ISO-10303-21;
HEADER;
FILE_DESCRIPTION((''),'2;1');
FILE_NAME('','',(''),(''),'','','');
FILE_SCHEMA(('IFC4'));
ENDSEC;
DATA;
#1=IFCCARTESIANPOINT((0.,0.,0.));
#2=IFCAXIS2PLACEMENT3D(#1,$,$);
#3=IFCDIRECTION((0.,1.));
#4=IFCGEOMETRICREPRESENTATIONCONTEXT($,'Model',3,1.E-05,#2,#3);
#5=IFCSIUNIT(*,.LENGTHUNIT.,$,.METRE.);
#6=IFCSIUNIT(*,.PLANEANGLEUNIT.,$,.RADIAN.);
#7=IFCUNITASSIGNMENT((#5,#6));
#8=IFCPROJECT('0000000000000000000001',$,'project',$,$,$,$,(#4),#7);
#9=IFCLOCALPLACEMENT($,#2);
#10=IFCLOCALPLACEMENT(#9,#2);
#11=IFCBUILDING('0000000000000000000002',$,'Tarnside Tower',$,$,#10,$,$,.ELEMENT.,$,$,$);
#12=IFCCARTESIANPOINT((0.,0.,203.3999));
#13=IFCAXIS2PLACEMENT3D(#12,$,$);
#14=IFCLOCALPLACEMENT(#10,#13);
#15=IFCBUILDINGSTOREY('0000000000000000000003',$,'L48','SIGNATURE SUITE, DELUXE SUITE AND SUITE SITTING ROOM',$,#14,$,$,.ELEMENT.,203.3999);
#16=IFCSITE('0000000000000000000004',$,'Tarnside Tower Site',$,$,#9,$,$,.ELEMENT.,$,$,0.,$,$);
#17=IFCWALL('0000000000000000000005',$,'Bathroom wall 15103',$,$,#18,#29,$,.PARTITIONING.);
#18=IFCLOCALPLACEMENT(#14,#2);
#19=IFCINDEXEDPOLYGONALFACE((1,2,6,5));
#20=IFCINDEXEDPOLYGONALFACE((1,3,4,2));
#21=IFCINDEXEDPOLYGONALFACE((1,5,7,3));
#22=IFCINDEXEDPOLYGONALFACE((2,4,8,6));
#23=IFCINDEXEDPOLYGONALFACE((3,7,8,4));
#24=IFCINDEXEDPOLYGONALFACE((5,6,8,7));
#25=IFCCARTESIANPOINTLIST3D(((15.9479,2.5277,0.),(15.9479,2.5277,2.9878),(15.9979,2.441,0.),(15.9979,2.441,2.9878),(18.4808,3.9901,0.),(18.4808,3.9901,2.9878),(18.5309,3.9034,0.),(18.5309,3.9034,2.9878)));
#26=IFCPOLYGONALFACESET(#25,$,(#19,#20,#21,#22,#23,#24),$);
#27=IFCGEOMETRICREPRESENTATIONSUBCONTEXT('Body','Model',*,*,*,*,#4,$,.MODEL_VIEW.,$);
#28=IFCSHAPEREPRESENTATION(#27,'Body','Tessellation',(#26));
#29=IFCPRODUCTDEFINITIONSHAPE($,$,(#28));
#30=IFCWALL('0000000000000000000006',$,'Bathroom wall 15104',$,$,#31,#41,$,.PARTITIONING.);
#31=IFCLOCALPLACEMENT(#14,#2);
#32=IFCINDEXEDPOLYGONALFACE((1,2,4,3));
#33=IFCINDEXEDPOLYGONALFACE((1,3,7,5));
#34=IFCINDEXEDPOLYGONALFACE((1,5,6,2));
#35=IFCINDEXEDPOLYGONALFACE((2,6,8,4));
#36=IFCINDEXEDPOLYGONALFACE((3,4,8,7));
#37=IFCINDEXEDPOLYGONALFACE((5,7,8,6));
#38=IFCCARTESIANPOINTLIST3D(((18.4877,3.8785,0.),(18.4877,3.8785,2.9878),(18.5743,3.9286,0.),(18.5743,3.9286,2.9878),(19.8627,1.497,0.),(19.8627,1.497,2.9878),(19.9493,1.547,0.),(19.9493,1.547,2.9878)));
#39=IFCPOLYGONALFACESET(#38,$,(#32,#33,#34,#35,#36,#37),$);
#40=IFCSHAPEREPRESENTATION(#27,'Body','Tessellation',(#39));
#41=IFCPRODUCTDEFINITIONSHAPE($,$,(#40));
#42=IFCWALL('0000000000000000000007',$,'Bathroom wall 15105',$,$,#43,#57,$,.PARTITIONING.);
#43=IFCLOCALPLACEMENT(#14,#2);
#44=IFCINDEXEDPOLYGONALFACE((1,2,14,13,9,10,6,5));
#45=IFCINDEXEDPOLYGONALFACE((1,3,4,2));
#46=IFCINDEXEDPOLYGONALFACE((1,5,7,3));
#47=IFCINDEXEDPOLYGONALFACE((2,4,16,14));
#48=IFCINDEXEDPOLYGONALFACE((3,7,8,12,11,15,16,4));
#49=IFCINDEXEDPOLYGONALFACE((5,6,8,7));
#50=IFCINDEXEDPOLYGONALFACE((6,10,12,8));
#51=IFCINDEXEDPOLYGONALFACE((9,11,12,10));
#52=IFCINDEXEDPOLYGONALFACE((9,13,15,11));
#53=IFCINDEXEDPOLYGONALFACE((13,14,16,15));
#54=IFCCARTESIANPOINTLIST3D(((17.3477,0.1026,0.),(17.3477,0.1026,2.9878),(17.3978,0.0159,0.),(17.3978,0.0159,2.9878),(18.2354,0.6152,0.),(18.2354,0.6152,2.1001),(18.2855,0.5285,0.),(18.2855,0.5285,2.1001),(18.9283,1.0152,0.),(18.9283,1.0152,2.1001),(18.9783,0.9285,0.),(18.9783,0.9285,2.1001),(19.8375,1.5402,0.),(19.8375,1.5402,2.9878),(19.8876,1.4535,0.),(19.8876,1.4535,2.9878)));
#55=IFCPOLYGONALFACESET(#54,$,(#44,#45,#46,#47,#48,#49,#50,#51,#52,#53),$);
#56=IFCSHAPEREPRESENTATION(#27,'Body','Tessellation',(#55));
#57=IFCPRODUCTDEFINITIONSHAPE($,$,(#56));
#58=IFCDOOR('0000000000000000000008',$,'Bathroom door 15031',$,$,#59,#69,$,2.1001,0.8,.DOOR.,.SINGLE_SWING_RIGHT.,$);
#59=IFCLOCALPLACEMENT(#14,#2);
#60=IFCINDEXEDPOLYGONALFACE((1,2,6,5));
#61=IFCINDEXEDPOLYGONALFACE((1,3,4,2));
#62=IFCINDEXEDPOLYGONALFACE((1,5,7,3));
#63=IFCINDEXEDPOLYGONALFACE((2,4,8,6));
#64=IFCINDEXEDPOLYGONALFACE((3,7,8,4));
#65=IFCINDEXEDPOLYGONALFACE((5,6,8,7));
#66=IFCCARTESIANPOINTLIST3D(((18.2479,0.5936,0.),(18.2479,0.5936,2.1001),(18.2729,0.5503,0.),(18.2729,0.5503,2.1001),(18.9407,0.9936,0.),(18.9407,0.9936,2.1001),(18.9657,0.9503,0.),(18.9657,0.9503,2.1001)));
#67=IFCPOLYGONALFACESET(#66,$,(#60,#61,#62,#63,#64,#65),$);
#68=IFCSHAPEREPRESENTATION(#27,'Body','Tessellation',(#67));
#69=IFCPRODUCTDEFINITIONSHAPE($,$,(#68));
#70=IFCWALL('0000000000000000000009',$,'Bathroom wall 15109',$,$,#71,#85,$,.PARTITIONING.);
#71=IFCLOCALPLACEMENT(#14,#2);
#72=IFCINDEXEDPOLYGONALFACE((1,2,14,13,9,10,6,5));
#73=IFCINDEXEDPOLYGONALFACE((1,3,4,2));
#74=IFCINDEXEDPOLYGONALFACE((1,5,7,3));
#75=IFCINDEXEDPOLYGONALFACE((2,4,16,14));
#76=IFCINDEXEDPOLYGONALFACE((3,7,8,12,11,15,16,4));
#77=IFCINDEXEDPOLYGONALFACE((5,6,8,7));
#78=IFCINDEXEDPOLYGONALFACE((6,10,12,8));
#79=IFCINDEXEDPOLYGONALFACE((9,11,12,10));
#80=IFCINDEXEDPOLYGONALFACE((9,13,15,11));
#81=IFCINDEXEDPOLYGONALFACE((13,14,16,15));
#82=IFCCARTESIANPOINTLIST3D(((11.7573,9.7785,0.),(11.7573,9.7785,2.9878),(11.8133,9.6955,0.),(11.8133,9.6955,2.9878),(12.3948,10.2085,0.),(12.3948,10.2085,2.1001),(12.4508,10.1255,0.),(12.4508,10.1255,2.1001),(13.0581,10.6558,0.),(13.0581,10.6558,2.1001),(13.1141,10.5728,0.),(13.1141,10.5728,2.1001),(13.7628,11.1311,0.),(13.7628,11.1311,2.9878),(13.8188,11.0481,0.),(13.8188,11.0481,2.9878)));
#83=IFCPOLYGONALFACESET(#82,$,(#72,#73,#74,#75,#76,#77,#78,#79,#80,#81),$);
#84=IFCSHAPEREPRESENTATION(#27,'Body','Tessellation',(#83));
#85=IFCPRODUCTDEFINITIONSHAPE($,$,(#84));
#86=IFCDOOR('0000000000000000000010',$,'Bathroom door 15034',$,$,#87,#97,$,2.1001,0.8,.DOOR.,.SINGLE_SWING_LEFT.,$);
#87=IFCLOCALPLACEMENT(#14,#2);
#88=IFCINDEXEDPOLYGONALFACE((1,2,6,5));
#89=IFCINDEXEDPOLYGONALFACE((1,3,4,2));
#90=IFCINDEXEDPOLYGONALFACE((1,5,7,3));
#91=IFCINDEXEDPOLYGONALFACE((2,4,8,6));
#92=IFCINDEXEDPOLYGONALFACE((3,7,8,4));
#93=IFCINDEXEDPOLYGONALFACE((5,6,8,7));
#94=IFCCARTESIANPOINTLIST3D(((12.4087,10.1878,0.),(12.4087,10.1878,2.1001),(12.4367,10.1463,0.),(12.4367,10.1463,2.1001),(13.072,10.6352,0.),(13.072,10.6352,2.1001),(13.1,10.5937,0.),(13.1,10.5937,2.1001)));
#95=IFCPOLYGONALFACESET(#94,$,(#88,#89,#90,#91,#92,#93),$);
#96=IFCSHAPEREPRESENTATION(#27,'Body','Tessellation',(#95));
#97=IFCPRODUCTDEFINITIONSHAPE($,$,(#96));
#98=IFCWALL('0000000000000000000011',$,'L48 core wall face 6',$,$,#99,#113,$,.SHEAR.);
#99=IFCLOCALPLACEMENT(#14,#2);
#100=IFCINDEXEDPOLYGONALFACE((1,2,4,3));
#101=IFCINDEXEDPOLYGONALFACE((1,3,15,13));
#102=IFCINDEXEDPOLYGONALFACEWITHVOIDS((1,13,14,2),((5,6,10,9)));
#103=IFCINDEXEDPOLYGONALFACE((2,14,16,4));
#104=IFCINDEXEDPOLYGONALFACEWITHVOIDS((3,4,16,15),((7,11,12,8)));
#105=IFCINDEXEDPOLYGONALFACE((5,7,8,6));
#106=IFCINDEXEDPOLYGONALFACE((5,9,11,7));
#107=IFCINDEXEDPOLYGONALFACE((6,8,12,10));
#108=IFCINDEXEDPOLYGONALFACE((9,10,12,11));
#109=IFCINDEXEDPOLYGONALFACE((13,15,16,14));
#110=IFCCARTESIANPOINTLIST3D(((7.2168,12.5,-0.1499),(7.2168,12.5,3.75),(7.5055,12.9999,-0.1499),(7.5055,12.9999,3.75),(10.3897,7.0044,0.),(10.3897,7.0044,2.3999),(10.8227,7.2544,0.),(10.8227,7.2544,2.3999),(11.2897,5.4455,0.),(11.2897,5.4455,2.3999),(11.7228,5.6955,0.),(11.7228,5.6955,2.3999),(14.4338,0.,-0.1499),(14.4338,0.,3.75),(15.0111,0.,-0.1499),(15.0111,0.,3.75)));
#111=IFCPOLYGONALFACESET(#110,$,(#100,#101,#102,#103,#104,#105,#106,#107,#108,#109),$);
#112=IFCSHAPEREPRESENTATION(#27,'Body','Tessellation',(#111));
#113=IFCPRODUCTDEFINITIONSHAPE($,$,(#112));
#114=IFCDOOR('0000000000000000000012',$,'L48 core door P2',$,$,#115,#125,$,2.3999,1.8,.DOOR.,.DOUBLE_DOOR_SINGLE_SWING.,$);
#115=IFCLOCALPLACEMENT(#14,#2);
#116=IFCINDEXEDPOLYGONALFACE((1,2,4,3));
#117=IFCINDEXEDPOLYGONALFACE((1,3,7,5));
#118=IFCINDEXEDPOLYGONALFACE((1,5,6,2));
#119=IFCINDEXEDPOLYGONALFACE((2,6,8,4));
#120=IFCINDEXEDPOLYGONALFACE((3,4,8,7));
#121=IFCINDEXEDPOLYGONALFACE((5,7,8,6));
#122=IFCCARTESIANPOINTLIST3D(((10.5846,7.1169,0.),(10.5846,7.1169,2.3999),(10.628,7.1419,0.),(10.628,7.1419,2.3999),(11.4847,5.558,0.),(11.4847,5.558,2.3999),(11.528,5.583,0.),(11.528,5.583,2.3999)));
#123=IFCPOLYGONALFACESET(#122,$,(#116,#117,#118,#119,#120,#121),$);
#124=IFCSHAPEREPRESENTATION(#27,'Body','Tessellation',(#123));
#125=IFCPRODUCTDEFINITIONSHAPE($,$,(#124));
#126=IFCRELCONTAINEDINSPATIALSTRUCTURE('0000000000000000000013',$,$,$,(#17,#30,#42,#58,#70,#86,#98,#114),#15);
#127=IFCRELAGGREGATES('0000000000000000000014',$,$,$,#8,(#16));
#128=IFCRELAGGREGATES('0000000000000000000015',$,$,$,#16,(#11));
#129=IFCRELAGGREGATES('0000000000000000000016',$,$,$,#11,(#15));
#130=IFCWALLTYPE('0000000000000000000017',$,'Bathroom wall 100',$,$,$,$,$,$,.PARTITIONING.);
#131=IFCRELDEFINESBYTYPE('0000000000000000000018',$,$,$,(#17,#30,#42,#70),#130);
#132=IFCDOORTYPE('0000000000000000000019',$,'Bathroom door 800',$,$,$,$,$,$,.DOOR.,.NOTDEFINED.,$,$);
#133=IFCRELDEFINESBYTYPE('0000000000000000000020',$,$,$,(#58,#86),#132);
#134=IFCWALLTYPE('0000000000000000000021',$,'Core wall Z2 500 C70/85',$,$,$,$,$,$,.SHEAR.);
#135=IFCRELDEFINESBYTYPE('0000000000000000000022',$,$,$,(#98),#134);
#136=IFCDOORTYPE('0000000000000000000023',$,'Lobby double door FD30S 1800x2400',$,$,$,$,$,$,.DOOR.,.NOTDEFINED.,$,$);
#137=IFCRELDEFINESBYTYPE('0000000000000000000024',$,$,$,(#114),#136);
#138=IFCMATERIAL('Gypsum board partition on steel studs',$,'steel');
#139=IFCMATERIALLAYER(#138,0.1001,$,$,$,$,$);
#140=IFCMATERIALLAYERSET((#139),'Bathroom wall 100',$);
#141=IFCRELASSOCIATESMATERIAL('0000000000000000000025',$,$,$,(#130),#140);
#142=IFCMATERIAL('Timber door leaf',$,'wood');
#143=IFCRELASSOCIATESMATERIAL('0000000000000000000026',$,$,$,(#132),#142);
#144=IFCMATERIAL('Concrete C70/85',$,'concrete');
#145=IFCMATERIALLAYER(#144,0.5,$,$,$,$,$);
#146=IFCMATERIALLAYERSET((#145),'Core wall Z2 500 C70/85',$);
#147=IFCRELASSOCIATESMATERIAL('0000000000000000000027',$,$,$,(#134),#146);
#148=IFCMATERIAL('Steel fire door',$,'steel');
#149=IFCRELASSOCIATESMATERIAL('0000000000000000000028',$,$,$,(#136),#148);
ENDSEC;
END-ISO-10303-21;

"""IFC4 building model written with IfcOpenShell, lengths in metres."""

from ifc_helpers import new_model, si_unit, direction, frame, frame_2d, origin, place, context, subcontext, project, spatial, polyline, rectangle, outline, extrude, material, layer, layer_set, type_object, element, fill, save


model = new_model("IFC4")

# Units and contexts
model_context = context("Model", 3, precision=1e-05, world=origin(), true_north=direction((0.0, 1.0)))
body_context = subcontext(model_context, "Body", "Model", "MODEL_VIEW")
ifc_project = project(units=[si_unit("LENGTHUNIT", "METRE"), si_unit("PLANEANGLEUNIT", "RADIAN")], contexts=[model_context])

# Site, building, storey
site_placement = place(None, origin())
site = spatial("IfcSite", under=ifc_project, at=site_placement, Name="Tarnside Tower Site", CompositionType="ELEMENT", RefElevation=0.0)
building_placement = place(site_placement, origin())
building = spatial("IfcBuilding", under=site, at=building_placement, Name="Tarnside Tower", CompositionType="ELEMENT")
storey_placement = place(building_placement, frame((0.0, 0.0, 203.3999)))
storey = spatial("IfcBuildingStorey", under=building, at=storey_placement, Name="L48", Description="SIGNATURE SUITE, DELUXE SUITE AND SUITE SITTING ROOM", CompositionType="ELEMENT", Elevation=203.3999)

# Walls
ifc_material_1 = material(Name="Gypsum board partition on steel studs", Category="steel")
ifc_layer_1 = layer(ifc_material_1, 0.1001)
ifc_layer_set_1 = layer_set([ifc_layer_1], Name="Bathroom wall 100")
wall_type_1 = type_object("IfcWallType", Name="Bathroom wall 100", PredefinedType="PARTITIONING", material=ifc_layer_set_1)
wall_1_placement = place(storey_placement, frame((15.9729, 2.4844, 0.0), z_axis=(0.0, 0.0, 1.0), x_axis=(0.866026, 0.499999, 0.0)))
element("IfcWall", 1, at=wall_1_placement, inside=storey, type_object=wall_type_1, Name="Bathroom wall 15103", PredefinedType="PARTITIONING", context=body_context, shape_type="SweptSolid", body=[
    extrude(rectangle(XDim=2.9248, YDim=0.1001, at=frame_2d((1.4624, 0.0))), origin(), (0.0, 0.0, 1.0), 2.9878),
])
wall_2_placement = place(storey_placement, frame((18.531, 3.9036, 0.0), z_axis=(0.0, 0.0, 1.0), x_axis=(0.499997, -0.866027, 0.0)))
element("IfcWall", 2, at=wall_2_placement, inside=storey, type_object=wall_type_1, Name="Bathroom wall 15104", PredefinedType="PARTITIONING", context=body_context, shape_type="SweptSolid", body=[
    extrude(rectangle(XDim=2.75, YDim=0.1001, at=frame_2d((1.375, 0.0))), origin(), (0.0, 0.0, 1.0), 2.9878),
])

# Walls, openings, doors
wall_3_placement = place(storey_placement, frame((19.8625, 1.4968, 0.0), z_axis=(0.0, 0.0, 1.0), x_axis=(-0.866019, -0.500012, 0.0)))
wall_3 = element("IfcWall", 3, at=wall_3_placement, inside=storey, type_object=wall_type_1, Name="Bathroom wall 15105", PredefinedType="PARTITIONING", context=body_context, shape_type="SweptSolid", body=[
    extrude(rectangle(XDim=2.875, YDim=0.1001, at=frame_2d((1.4375, 0.0))), origin(), (0.0, 0.0, 1.0), 2.9878),
])
opening_1_placement = place(wall_3_placement, frame((1.05, 0.0, 0.0)))
opening_1 = element("IfcOpeningElement", 4, at=opening_1_placement, cuts=wall_3, PredefinedType="OPENING", context=body_context, shape_type="SweptSolid", body=[
    extrude(rectangle(XDim=0.8, YDim=2.1001, at=frame_2d((0.3999, 1.05))), frame((0.0, 0.0601, 0.0), z_axis=(0.0, -1.0, 0.0), x_axis=(1.0, 0.0, 0.0)), (0.0, 0.0, 1.0), 0.1201),
])
ifc_material_2 = material(Name="Timber door leaf", Category="wood")
door_type_1 = type_object("IfcDoorType", Name="Bathroom door 800", OperationType="NOTDEFINED", PredefinedType="DOOR", material=ifc_material_2)
door_1_placement = place(opening_1_placement, origin())
door_1 = element("IfcDoor", 5, at=door_1_placement, inside=storey, type_object=door_type_1, Name="Bathroom door 15031", OperationType="SINGLE_SWING_RIGHT", OverallHeight=2.1001, OverallWidth=0.8, PredefinedType="DOOR", context=body_context, shape_type="SweptSolid", body=[
    extrude(rectangle(XDim=0.8, YDim=2.1001, at=frame_2d((0.3999, 1.05))), frame((0.0, 0.0249, 0.0), z_axis=(0.0, -1.0, 0.0), x_axis=(1.0, 0.0, 0.0)), (0.0, 0.0, 1.0), 0.05),
])
fill(opening_1, door_1)
wall_4_placement = place(storey_placement, frame((13.7908, 11.0896, 0.0), z_axis=(0.0, 0.0, 1.0), x_axis=(-0.829057, -0.559164, 0.0)))
wall_4 = element("IfcWall", 6, at=wall_4_placement, inside=storey, type_object=wall_type_1, Name="Bathroom wall 15109", PredefinedType="PARTITIONING", context=body_context, shape_type="SweptSolid", body=[
    extrude(rectangle(XDim=2.4189, YDim=0.1001, at=frame_2d((1.2095, 0.0))), origin(), (0.0, 0.0, 1.0), 2.9878),
])
opening_2_placement = place(wall_4_placement, frame((0.8501, 0.0, 0.0)))
opening_2 = element("IfcOpeningElement", 7, at=opening_2_placement, cuts=wall_4, PredefinedType="OPENING", context=body_context, shape_type="SweptSolid", body=[
    extrude(rectangle(XDim=0.8, YDim=2.1001, at=frame_2d((0.3999, 1.05))), frame((0.0, 0.0601, 0.0), z_axis=(0.0, -1.0, 0.0), x_axis=(1.0, 0.0, 0.0)), (0.0, 0.0, 1.0), 0.1201),
])
door_2_placement = place(opening_2_placement, origin())
door_2 = element("IfcDoor", 8, at=door_2_placement, inside=storey, type_object=door_type_1, Name="Bathroom door 15034", OperationType="SINGLE_SWING_LEFT", OverallHeight=2.1001, OverallWidth=0.8, PredefinedType="DOOR", context=body_context, shape_type="SweptSolid", body=[
    extrude(rectangle(XDim=0.8, YDim=2.1001, at=frame_2d((0.3999, 1.05))), frame((0.0, 0.0249, 0.0), z_axis=(0.0, -1.0, 0.0), x_axis=(1.0, 0.0, 0.0)), (0.0, 0.0, 1.0), 0.05),
])
fill(opening_2, door_2)
ifc_material_3 = material(Name="Concrete C70/85", Category="concrete")
ifc_layer_2 = layer(ifc_material_3, 0.5)
ifc_layer_set_2 = layer_set([ifc_layer_2], Name="Core wall Z2 500 C70/85")
wall_type_2 = type_object("IfcWallType", Name="Core wall Z2 500 C70/85", PredefinedType="SHEAR", material=ifc_layer_set_2)
wall_5_placement = place(storey_placement, frame((14.7224, 0.0, -0.1499), z_axis=(0.0, 0.0, 1.0), x_axis=(-0.500006, 0.866022, 0.0)))
wall_5 = element("IfcWall", 9, at=wall_5_placement, inside=storey, type_object=wall_type_2, Name="L48 core wall face 6", PredefinedType="SHEAR", context=body_context, shape_type="SweptSolid", body=[
    extrude(outline(polyline([(-0.1443, -0.25), (14.8667, -0.25), (14.5781, 0.25), (0.1443, 0.25), (-0.1443, -0.25)])), origin(), (0.0, 0.0, 1.0), 3.8999),
])
opening_3_placement = place(wall_5_placement, frame((6.4324, 0.0, 0.1499)))
opening_3 = element("IfcOpeningElement", 10, at=opening_3_placement, cuts=wall_5, PredefinedType="OPENING", context=body_context, shape_type="SweptSolid", body=[
    extrude(rectangle(XDim=1.8, YDim=2.3999, at=frame_2d((0.8999, 1.2))), frame((0.0, 0.26, 0.0), z_axis=(0.0, -1.0, 0.0), x_axis=(1.0, 0.0, 0.0)), (0.0, 0.0, 1.0), 0.52),
])
ifc_material_4 = material(Name="Steel fire door", Category="steel")
door_type_2 = type_object("IfcDoorType", Name="Lobby double door FD30S 1800x2400", OperationType="NOTDEFINED", PredefinedType="DOOR", material=ifc_material_4)
door_3_placement = place(opening_3_placement, origin())
door_3 = element("IfcDoor", 11, at=door_3_placement, inside=storey, type_object=door_type_2, Name="L48 core door P2", OperationType="DOUBLE_DOOR_SINGLE_SWING", OverallHeight=2.3999, OverallWidth=1.8, PredefinedType="DOOR", context=body_context, shape_type="SweptSolid", body=[
    extrude(rectangle(XDim=1.8, YDim=2.3999, at=frame_2d((0.8999, 1.2))), frame((0.0, 0.0249, 0.0), z_axis=(0.0, -1.0, 0.0), x_axis=(1.0, 0.0, 0.0)), (0.0, 0.0, 1.0), 0.05),
])
fill(opening_3, door_3)

save(model, "model.ifc")
